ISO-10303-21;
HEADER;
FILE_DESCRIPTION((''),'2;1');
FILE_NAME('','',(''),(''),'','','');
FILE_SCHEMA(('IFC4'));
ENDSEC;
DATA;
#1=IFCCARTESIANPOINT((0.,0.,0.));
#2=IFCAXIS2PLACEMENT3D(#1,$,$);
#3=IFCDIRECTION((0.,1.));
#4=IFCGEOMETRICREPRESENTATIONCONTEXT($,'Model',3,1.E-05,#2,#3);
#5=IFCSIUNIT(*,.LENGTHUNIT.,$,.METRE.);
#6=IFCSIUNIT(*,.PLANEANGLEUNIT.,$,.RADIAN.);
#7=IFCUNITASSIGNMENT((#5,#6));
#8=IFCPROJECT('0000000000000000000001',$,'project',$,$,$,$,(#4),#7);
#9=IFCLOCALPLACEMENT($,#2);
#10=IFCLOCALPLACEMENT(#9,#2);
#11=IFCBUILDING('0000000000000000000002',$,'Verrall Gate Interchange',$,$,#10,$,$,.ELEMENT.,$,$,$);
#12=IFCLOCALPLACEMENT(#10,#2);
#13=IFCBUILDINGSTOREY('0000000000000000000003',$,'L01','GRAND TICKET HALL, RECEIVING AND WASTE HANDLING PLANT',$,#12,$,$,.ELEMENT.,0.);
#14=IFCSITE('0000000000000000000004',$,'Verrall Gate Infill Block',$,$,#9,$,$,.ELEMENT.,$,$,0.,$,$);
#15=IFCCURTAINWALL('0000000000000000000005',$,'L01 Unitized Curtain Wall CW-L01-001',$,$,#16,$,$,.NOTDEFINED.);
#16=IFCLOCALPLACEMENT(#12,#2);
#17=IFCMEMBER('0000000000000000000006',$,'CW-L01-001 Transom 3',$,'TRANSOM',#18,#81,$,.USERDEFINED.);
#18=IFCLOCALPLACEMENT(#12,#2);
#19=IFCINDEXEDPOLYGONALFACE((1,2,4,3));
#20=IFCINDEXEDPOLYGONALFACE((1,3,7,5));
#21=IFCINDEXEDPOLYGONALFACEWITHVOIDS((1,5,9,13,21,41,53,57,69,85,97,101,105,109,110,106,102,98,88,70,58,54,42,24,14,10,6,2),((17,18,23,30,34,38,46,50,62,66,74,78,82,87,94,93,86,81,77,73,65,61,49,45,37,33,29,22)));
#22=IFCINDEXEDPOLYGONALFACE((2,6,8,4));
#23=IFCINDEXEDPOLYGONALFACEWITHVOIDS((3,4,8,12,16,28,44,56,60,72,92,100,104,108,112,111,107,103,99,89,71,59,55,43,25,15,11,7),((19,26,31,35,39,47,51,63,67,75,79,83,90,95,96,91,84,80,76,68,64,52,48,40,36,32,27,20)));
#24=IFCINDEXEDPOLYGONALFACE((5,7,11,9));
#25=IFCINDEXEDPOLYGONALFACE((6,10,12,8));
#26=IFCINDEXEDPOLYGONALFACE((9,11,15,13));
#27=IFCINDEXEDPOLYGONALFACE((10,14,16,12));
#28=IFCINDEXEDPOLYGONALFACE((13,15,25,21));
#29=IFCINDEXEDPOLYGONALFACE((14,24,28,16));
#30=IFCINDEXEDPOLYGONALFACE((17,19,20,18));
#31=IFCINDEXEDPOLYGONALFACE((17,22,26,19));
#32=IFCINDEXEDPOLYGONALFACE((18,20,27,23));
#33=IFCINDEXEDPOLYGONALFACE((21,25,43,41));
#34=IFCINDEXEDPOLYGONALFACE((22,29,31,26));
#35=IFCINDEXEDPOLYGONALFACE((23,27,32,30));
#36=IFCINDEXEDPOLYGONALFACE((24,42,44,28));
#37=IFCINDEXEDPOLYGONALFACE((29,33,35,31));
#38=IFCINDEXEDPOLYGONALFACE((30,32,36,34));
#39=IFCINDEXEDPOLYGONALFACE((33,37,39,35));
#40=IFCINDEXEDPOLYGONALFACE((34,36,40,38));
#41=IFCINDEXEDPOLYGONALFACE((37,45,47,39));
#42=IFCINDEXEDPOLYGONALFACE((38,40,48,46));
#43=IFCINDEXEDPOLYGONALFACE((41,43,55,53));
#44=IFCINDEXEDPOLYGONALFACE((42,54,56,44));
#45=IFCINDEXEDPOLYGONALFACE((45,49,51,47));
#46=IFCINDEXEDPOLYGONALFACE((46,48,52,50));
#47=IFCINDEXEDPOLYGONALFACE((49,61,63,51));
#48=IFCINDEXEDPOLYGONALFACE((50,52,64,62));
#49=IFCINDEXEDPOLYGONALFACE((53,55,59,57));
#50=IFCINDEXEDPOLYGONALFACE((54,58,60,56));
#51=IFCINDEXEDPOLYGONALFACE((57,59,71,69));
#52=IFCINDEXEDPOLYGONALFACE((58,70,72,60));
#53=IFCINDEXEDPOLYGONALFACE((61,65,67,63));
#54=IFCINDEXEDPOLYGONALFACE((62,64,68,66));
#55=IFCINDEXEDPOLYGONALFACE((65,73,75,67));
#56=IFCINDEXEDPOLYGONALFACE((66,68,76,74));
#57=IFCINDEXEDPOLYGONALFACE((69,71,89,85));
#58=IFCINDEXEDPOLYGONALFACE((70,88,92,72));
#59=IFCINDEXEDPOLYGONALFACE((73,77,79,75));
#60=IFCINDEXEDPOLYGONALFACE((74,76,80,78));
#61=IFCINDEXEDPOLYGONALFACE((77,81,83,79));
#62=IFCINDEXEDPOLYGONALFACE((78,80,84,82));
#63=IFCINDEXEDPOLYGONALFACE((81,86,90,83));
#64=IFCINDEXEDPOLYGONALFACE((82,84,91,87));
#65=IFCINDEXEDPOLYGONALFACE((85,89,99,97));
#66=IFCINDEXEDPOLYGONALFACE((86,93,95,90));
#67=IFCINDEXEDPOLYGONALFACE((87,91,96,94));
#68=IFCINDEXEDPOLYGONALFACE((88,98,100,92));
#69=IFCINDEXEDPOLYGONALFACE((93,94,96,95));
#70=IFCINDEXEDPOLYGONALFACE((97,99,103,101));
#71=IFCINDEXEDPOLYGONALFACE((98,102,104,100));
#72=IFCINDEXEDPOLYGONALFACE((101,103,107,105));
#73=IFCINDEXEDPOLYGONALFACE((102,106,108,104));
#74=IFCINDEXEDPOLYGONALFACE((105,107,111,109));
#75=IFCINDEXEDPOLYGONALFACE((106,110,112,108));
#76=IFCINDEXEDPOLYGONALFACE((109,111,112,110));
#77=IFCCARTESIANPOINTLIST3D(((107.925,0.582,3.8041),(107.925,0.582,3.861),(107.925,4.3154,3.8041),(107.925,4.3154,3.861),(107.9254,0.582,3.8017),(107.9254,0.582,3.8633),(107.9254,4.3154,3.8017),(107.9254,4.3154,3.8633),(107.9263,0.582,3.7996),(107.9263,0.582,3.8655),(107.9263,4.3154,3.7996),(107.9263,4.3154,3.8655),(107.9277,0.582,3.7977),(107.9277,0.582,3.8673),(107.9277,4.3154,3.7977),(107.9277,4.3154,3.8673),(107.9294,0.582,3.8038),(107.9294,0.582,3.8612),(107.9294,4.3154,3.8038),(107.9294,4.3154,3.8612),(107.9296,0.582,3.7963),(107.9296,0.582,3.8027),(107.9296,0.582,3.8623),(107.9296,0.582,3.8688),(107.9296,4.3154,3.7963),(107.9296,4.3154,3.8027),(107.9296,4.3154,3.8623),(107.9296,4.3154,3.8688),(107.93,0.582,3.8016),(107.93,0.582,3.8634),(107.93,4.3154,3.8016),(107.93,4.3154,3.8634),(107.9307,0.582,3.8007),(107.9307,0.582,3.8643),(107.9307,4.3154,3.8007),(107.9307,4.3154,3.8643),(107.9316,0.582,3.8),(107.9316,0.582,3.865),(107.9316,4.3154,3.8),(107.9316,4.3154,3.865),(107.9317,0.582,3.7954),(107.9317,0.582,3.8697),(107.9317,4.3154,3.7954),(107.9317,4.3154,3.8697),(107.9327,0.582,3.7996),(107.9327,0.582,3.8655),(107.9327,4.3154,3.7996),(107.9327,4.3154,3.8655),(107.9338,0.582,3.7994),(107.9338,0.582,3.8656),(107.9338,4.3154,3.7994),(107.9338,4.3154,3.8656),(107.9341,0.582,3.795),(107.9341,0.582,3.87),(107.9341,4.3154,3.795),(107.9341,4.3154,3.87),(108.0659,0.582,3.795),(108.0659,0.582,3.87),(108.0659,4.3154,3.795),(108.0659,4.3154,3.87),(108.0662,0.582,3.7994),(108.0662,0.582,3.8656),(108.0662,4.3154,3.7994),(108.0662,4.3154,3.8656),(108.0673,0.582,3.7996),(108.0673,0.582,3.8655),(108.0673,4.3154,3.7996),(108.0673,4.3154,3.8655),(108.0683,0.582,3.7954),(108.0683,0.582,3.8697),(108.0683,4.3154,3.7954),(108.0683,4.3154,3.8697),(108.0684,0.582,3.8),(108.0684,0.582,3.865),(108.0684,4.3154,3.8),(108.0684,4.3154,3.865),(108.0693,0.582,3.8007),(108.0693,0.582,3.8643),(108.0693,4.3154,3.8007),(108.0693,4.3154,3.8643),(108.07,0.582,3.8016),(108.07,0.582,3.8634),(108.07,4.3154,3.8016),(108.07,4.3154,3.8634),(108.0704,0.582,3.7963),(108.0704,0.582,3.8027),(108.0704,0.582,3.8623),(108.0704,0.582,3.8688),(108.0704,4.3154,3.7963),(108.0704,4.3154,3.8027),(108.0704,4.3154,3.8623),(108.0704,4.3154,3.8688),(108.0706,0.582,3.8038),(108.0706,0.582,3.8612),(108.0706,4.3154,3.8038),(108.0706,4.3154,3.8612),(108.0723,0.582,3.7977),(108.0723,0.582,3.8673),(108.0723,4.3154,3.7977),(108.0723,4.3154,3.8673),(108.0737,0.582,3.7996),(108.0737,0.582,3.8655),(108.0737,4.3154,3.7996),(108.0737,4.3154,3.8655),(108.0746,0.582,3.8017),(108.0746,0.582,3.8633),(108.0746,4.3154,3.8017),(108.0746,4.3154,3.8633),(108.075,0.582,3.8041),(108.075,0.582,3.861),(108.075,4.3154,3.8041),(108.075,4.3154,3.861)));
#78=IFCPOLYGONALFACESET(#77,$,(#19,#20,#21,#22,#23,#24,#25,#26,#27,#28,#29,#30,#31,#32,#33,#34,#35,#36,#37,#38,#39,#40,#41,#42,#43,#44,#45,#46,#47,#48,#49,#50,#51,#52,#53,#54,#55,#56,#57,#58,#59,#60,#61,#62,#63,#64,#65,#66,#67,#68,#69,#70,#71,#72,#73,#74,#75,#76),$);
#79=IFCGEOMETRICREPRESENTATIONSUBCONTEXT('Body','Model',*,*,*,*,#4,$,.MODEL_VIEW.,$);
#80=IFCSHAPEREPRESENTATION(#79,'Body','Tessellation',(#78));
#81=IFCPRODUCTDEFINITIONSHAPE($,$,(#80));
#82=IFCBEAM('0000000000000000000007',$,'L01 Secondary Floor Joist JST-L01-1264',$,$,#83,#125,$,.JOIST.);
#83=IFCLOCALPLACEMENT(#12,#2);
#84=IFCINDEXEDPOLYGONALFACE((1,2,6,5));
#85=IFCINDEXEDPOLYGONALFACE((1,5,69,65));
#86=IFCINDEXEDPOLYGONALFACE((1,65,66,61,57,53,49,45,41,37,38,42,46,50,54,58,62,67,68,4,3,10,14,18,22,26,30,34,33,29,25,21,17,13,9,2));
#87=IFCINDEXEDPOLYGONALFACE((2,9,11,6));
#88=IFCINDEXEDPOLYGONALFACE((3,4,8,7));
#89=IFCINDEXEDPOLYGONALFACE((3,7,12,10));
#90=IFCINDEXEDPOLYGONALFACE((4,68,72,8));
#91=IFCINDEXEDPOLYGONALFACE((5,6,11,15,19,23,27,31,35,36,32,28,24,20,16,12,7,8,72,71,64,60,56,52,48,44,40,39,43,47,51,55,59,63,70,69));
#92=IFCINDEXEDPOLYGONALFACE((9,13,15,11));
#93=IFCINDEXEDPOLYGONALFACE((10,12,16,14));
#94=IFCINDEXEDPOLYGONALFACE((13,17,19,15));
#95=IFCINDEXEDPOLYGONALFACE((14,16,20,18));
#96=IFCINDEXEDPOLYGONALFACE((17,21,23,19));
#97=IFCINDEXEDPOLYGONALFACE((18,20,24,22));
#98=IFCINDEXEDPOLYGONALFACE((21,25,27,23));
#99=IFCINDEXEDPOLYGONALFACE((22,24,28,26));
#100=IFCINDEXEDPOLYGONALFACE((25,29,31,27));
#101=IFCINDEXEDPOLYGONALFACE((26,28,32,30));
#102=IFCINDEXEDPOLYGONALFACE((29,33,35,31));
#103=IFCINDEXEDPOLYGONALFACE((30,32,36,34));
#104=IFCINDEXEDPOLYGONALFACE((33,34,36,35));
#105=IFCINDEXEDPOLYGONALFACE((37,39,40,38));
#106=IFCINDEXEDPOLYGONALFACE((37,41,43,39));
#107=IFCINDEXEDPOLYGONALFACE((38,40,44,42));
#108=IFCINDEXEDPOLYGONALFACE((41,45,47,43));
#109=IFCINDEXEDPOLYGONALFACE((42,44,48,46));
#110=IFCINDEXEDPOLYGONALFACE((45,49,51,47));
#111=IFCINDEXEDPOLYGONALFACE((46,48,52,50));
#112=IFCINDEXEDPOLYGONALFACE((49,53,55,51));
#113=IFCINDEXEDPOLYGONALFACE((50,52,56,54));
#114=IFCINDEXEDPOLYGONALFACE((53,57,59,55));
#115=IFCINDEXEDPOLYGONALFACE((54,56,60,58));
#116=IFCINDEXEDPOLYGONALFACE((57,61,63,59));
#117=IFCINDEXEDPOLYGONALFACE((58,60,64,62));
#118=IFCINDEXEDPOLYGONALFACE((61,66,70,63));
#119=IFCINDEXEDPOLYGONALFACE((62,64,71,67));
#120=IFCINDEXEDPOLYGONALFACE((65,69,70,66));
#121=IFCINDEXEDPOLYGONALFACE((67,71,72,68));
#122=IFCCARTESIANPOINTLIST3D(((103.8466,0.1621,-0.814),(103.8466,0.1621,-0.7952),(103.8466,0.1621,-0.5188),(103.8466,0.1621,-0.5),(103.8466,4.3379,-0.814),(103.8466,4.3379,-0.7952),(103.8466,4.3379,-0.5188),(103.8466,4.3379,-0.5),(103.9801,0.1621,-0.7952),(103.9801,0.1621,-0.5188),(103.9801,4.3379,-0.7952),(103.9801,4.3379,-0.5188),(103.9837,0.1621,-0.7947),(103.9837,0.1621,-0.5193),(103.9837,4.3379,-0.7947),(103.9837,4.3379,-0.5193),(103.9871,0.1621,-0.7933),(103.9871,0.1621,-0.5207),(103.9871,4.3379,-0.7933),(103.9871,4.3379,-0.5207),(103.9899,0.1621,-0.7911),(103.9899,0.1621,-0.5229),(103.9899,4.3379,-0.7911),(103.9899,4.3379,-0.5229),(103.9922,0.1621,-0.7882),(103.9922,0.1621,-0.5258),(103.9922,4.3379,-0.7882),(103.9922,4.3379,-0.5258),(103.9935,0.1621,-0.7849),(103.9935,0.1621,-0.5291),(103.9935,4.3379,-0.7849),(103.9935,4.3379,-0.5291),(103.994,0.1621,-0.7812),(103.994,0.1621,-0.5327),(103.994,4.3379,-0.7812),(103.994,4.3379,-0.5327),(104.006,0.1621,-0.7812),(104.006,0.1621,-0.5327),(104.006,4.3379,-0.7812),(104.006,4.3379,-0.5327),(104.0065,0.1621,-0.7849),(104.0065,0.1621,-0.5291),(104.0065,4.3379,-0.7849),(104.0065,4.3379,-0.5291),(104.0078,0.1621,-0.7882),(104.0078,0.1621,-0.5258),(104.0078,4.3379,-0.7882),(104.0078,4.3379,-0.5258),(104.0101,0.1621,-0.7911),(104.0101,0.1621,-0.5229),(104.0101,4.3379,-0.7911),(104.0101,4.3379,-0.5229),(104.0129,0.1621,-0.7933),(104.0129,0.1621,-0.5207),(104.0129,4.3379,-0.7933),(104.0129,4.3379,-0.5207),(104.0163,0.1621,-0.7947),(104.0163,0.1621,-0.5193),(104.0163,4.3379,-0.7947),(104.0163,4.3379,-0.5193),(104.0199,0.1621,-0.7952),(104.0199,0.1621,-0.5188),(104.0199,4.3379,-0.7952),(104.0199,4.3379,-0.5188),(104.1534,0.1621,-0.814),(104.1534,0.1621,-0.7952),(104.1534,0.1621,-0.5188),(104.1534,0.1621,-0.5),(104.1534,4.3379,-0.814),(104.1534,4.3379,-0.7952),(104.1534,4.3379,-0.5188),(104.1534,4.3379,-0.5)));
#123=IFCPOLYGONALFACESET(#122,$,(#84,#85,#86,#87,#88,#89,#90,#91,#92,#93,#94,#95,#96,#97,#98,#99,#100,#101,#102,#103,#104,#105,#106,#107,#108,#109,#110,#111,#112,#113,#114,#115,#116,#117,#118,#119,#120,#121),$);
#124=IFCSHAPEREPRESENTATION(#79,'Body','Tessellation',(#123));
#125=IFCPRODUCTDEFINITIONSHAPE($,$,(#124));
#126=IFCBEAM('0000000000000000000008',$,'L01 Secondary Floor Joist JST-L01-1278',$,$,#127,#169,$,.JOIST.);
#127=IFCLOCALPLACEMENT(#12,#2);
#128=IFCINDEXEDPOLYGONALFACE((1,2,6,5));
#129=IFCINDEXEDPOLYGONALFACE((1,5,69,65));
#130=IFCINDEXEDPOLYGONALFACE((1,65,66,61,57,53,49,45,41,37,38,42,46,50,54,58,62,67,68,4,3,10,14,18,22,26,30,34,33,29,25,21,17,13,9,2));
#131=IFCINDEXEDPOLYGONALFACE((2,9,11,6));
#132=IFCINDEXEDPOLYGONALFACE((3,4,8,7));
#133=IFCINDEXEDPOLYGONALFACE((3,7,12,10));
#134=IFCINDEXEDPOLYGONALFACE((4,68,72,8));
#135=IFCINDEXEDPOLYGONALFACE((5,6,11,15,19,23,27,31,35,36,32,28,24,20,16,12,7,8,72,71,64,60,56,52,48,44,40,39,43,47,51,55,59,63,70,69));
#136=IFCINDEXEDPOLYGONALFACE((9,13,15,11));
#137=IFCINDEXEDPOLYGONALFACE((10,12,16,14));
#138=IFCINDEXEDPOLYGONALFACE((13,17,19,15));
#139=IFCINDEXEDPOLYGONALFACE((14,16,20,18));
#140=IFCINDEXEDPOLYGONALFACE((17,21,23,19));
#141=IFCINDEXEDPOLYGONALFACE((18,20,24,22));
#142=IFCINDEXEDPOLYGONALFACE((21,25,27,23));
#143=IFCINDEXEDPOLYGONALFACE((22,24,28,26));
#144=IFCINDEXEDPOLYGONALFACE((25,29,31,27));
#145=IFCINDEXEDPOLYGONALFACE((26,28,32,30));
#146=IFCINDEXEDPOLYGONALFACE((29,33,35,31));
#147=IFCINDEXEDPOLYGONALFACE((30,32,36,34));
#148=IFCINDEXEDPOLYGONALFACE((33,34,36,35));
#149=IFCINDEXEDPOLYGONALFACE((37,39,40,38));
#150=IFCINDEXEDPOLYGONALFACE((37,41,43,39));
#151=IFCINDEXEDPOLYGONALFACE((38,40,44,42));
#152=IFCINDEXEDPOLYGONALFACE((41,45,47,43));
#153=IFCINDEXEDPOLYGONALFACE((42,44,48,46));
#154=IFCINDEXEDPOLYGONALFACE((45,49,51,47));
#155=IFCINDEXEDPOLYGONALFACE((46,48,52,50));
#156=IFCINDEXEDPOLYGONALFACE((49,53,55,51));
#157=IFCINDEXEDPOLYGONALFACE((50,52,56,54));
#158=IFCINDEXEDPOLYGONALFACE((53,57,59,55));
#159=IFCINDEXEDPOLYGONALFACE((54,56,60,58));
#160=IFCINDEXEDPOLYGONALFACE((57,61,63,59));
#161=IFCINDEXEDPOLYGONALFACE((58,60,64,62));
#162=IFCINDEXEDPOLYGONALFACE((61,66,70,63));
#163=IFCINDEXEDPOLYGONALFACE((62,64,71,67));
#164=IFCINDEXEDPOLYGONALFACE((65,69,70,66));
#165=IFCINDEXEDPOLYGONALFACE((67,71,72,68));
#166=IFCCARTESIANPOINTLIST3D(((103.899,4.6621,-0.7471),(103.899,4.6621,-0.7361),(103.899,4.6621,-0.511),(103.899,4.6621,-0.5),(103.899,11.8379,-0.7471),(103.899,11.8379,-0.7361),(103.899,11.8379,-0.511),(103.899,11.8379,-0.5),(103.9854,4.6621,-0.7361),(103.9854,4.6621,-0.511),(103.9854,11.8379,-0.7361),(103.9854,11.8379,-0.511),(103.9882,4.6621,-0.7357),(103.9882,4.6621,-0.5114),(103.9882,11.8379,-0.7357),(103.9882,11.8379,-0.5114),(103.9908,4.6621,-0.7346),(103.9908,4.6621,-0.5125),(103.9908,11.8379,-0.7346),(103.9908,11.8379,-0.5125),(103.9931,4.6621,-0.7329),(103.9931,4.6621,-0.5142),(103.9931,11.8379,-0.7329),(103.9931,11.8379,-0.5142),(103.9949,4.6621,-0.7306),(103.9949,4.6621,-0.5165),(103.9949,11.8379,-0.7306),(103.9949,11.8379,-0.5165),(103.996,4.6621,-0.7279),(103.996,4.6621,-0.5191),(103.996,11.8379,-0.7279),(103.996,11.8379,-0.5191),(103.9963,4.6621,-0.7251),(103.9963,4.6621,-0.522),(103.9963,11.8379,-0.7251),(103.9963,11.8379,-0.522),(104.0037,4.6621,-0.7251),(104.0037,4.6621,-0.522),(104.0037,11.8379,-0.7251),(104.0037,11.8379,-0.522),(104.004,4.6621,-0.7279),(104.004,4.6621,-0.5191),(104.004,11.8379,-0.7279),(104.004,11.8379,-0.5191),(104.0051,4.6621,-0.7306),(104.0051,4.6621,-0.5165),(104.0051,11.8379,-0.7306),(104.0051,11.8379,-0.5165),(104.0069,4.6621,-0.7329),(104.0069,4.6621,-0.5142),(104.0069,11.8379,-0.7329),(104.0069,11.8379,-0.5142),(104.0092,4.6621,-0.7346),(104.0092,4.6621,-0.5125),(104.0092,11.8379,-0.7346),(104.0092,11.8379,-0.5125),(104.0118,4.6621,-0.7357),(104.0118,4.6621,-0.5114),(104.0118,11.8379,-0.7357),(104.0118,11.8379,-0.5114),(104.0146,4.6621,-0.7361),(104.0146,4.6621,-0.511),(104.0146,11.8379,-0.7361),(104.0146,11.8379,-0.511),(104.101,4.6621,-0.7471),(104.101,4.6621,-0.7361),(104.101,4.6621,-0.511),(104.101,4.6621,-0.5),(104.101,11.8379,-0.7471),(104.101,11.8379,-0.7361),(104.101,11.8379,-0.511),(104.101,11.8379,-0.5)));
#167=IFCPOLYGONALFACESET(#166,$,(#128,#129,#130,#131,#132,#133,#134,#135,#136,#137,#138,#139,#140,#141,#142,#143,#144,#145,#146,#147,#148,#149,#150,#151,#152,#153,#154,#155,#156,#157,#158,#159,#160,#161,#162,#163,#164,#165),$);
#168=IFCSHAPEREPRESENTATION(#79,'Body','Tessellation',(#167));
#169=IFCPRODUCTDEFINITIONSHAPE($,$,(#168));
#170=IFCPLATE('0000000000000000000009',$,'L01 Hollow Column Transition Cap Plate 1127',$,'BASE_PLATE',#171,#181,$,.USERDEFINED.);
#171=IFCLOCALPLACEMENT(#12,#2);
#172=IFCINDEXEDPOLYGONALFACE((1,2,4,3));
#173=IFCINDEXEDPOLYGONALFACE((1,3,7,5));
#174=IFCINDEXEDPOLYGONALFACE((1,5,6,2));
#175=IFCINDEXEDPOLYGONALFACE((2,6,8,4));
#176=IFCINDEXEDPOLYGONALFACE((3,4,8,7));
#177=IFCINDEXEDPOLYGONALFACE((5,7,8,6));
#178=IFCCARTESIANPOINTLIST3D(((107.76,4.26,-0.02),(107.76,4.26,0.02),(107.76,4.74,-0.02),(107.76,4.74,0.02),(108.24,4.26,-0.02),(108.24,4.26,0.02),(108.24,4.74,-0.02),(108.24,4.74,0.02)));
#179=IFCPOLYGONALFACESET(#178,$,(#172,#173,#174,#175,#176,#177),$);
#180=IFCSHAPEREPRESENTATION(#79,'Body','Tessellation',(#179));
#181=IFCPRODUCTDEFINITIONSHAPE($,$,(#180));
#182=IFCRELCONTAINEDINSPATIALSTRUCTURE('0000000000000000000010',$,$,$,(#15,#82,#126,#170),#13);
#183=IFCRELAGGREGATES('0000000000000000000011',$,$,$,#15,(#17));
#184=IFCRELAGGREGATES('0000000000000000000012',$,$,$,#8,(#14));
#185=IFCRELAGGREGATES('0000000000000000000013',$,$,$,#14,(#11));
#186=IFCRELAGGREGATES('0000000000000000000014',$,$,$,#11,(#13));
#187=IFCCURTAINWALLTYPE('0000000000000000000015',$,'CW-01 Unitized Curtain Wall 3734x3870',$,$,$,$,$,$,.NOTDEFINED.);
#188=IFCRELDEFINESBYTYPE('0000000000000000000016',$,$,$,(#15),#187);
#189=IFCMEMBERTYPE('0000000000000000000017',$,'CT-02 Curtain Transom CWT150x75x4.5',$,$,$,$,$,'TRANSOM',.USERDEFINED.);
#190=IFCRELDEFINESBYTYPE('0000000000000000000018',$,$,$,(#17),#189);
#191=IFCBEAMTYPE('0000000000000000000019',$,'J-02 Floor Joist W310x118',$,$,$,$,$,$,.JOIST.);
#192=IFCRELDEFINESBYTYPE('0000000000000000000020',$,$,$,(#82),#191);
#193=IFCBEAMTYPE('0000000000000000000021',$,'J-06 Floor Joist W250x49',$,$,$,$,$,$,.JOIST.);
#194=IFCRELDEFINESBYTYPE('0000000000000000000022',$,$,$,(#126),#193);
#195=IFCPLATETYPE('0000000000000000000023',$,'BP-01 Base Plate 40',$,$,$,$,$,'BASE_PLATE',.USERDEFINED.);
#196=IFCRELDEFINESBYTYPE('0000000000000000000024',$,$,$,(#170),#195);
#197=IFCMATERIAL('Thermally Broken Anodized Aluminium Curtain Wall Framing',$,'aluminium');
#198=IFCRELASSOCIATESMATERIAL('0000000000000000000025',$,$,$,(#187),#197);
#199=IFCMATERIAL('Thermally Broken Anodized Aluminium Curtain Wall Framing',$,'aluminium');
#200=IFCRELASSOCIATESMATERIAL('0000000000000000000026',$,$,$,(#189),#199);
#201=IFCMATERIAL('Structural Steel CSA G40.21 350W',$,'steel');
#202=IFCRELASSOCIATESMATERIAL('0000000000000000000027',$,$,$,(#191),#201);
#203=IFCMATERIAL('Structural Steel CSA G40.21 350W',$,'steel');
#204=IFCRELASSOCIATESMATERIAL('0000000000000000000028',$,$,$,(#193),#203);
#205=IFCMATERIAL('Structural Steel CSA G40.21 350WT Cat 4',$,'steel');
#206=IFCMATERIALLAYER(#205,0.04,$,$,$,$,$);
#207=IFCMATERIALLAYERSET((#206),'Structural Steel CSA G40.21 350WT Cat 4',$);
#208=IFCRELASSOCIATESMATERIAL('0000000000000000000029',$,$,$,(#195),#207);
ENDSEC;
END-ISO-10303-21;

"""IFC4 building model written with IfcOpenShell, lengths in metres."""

from ifc_helpers import new_model, si_unit, direction, frame, origin, origin_2d, place, context, subcontext, project, spatial, rectangle, hollow_rectangle, i_section, extrude, material, layer, layer_set, material_profile, profile_set, type_object, element, aggregate, save


model = new_model("IFC4")

# Units and contexts
model_context = context("Model", 3, precision=1e-05, world=origin(), true_north=direction((0.0, 1.0)))
body_context = subcontext(model_context, "Body", "Model", "MODEL_VIEW")
ifc_project = project(units=[si_unit("LENGTHUNIT", "METRE"), si_unit("PLANEANGLEUNIT", "RADIAN")], contexts=[model_context])

# Site, building, storey
site_placement = place(None, origin())
site = spatial("IfcSite", under=ifc_project, at=site_placement, Name="Verrall Gate Infill Block", CompositionType="ELEMENT", RefElevation=0.0)
building_placement = place(site_placement, origin())
building = spatial("IfcBuilding", under=site, at=building_placement, Name="Verrall Gate Interchange", CompositionType="ELEMENT")
storey_placement = place(building_placement, origin())
storey = spatial("IfcBuildingStorey", under=building, at=storey_placement, Name="L01", Description="GRAND TICKET HALL, RECEIVING AND WASTE HANDLING PLANT", CompositionType="ELEMENT", Elevation=0.0)

# Curtain wall
ifc_material_1 = material(Name="Thermally Broken Anodized Aluminium Curtain Wall Framing", Category="aluminium")
curtain_wall_type_1 = type_object("IfcCurtainWallType", Name="CW-01 Unitized Curtain Wall 3734x3870", PredefinedType="NOTDEFINED", material=ifc_material_1)
curtain_wall_1_placement = place(storey_placement, origin())
curtain_wall_1 = element("IfcCurtainWall", 1, at=curtain_wall_1_placement, inside=storey, type_object=curtain_wall_type_1, Name="L01 Unitized Curtain Wall CW-L01-001", PredefinedType="NOTDEFINED")

# Member
ifc_material_2 = material(Name="Thermally Broken Anodized Aluminium Curtain Wall Framing", Category="aluminium")
ifc_material_profile_1 = material_profile(ifc_material_2, hollow_rectangle(XDim=0.1499, YDim=0.075, WallThickness=0.0044, InnerFilletRadius=0.0044, OuterFilletRadius=0.009, at=origin_2d()), Name="CWT150x75x4.5")
ifc_profile_set_1 = profile_set([ifc_material_profile_1], Name="Thermally Broken Anodized Aluminium Curtain Wall Framing")
member_type_1 = type_object("IfcMemberType", Name="CT-02 Curtain Transom CWT150x75x4.5", ElementType="TRANSOM", PredefinedType="USERDEFINED", material=ifc_profile_set_1)
member_1_placement = place(storey_placement, frame((108.0, 0.582, 3.8325), z_axis=(0.0, 1.0, 0.0), x_axis=(-1.0, 0.0, 0.0)))
member_1 = element("IfcMember", 2, at=member_1_placement, type_object=member_type_1, Name="CW-L01-001 Transom 3", ObjectType="TRANSOM", PredefinedType="USERDEFINED", context=body_context, shape_type="SweptSolid", body=[
    extrude(hollow_rectangle(XDim=0.1499, YDim=0.075, WallThickness=0.0044, InnerFilletRadius=0.0044, OuterFilletRadius=0.009, at=origin_2d()), origin(), (0.0, 0.0, 1.0), 3.7334),
])

# Beams
ifc_material_3 = material(Name="Structural Steel CSA G40.21 350W", Category="steel")
ifc_material_profile_2 = material_profile(ifc_material_3, i_section(OverallWidth=0.3069, OverallDepth=0.314, WebThickness=0.012, FlangeThickness=0.0188, FilletRadius=0.0139, at=origin_2d()), Name="W310x118")
ifc_profile_set_2 = profile_set([ifc_material_profile_2], Name="Structural Steel CSA G40.21 350W")
beam_type_1 = type_object("IfcBeamType", Name="J-02 Floor Joist W310x118", PredefinedType="JOIST", material=ifc_profile_set_2)
beam_1_placement = place(storey_placement, frame((104.0, 0.1621, -0.657), z_axis=(0.0, 1.0, 0.0), x_axis=(-1.0, 0.0, 0.0)))
element("IfcBeam", 3, at=beam_1_placement, inside=storey, type_object=beam_type_1, Name="L01 Secondary Floor Joist JST-L01-1264", PredefinedType="JOIST", context=body_context, shape_type="SweptSolid", body=[
    extrude(i_section(OverallWidth=0.3069, OverallDepth=0.314, WebThickness=0.012, FlangeThickness=0.0188, FilletRadius=0.0139, at=origin_2d()), origin(), (0.0, 0.0, 1.0), 4.1758),
])
ifc_material_4 = material(Name="Structural Steel CSA G40.21 350W", Category="steel")
ifc_material_profile_3 = material_profile(ifc_material_4, i_section(OverallWidth=0.2019, OverallDepth=0.2471, WebThickness=0.0073, FlangeThickness=0.011, FilletRadius=0.011, at=origin_2d()), Name="W250x49")
ifc_profile_set_3 = profile_set([ifc_material_profile_3], Name="Structural Steel CSA G40.21 350W")
beam_type_2 = type_object("IfcBeamType", Name="J-06 Floor Joist W250x49", PredefinedType="JOIST", material=ifc_profile_set_3)
beam_2_placement = place(storey_placement, frame((104.0, 4.6621, -0.6235), z_axis=(0.0, 1.0, 0.0), x_axis=(-1.0, 0.0, 0.0)))
element("IfcBeam", 4, at=beam_2_placement, inside=storey, type_object=beam_type_2, Name="L01 Secondary Floor Joist JST-L01-1278", PredefinedType="JOIST", context=body_context, shape_type="SweptSolid", body=[
    extrude(i_section(OverallWidth=0.2019, OverallDepth=0.2471, WebThickness=0.0073, FlangeThickness=0.011, FilletRadius=0.011, at=origin_2d()), origin(), (0.0, 0.0, 1.0), 7.1758),
])

# Plate
ifc_material_5 = material(Name="Structural Steel CSA G40.21 350WT Cat 4", Category="steel")
ifc_layer_1 = layer(ifc_material_5, 0.04)
ifc_layer_set_1 = layer_set([ifc_layer_1], Name="Structural Steel CSA G40.21 350WT Cat 4")
plate_type_1 = type_object("IfcPlateType", Name="BP-01 Base Plate 40", ElementType="BASE_PLATE", PredefinedType="USERDEFINED", material=ifc_layer_set_1)
plate_1_placement = place(storey_placement, frame((108.0, 4.5, -0.02), z_axis=(0.0, 0.0, 1.0), x_axis=(1.0, 0.0, 0.0)))
element("IfcPlate", 5, at=plate_1_placement, inside=storey, type_object=plate_type_1, Name="L01 Hollow Column Transition Cap Plate 1127", ObjectType="BASE_PLATE", PredefinedType="USERDEFINED", context=body_context, shape_type="SweptSolid", body=[
    extrude(rectangle(XDim=0.48, YDim=0.48, at=origin_2d()), origin(), (0.0, 0.0, 1.0), 0.04),
])
aggregate(curtain_wall_1, [member_1])

save(model, "model.ifc")
